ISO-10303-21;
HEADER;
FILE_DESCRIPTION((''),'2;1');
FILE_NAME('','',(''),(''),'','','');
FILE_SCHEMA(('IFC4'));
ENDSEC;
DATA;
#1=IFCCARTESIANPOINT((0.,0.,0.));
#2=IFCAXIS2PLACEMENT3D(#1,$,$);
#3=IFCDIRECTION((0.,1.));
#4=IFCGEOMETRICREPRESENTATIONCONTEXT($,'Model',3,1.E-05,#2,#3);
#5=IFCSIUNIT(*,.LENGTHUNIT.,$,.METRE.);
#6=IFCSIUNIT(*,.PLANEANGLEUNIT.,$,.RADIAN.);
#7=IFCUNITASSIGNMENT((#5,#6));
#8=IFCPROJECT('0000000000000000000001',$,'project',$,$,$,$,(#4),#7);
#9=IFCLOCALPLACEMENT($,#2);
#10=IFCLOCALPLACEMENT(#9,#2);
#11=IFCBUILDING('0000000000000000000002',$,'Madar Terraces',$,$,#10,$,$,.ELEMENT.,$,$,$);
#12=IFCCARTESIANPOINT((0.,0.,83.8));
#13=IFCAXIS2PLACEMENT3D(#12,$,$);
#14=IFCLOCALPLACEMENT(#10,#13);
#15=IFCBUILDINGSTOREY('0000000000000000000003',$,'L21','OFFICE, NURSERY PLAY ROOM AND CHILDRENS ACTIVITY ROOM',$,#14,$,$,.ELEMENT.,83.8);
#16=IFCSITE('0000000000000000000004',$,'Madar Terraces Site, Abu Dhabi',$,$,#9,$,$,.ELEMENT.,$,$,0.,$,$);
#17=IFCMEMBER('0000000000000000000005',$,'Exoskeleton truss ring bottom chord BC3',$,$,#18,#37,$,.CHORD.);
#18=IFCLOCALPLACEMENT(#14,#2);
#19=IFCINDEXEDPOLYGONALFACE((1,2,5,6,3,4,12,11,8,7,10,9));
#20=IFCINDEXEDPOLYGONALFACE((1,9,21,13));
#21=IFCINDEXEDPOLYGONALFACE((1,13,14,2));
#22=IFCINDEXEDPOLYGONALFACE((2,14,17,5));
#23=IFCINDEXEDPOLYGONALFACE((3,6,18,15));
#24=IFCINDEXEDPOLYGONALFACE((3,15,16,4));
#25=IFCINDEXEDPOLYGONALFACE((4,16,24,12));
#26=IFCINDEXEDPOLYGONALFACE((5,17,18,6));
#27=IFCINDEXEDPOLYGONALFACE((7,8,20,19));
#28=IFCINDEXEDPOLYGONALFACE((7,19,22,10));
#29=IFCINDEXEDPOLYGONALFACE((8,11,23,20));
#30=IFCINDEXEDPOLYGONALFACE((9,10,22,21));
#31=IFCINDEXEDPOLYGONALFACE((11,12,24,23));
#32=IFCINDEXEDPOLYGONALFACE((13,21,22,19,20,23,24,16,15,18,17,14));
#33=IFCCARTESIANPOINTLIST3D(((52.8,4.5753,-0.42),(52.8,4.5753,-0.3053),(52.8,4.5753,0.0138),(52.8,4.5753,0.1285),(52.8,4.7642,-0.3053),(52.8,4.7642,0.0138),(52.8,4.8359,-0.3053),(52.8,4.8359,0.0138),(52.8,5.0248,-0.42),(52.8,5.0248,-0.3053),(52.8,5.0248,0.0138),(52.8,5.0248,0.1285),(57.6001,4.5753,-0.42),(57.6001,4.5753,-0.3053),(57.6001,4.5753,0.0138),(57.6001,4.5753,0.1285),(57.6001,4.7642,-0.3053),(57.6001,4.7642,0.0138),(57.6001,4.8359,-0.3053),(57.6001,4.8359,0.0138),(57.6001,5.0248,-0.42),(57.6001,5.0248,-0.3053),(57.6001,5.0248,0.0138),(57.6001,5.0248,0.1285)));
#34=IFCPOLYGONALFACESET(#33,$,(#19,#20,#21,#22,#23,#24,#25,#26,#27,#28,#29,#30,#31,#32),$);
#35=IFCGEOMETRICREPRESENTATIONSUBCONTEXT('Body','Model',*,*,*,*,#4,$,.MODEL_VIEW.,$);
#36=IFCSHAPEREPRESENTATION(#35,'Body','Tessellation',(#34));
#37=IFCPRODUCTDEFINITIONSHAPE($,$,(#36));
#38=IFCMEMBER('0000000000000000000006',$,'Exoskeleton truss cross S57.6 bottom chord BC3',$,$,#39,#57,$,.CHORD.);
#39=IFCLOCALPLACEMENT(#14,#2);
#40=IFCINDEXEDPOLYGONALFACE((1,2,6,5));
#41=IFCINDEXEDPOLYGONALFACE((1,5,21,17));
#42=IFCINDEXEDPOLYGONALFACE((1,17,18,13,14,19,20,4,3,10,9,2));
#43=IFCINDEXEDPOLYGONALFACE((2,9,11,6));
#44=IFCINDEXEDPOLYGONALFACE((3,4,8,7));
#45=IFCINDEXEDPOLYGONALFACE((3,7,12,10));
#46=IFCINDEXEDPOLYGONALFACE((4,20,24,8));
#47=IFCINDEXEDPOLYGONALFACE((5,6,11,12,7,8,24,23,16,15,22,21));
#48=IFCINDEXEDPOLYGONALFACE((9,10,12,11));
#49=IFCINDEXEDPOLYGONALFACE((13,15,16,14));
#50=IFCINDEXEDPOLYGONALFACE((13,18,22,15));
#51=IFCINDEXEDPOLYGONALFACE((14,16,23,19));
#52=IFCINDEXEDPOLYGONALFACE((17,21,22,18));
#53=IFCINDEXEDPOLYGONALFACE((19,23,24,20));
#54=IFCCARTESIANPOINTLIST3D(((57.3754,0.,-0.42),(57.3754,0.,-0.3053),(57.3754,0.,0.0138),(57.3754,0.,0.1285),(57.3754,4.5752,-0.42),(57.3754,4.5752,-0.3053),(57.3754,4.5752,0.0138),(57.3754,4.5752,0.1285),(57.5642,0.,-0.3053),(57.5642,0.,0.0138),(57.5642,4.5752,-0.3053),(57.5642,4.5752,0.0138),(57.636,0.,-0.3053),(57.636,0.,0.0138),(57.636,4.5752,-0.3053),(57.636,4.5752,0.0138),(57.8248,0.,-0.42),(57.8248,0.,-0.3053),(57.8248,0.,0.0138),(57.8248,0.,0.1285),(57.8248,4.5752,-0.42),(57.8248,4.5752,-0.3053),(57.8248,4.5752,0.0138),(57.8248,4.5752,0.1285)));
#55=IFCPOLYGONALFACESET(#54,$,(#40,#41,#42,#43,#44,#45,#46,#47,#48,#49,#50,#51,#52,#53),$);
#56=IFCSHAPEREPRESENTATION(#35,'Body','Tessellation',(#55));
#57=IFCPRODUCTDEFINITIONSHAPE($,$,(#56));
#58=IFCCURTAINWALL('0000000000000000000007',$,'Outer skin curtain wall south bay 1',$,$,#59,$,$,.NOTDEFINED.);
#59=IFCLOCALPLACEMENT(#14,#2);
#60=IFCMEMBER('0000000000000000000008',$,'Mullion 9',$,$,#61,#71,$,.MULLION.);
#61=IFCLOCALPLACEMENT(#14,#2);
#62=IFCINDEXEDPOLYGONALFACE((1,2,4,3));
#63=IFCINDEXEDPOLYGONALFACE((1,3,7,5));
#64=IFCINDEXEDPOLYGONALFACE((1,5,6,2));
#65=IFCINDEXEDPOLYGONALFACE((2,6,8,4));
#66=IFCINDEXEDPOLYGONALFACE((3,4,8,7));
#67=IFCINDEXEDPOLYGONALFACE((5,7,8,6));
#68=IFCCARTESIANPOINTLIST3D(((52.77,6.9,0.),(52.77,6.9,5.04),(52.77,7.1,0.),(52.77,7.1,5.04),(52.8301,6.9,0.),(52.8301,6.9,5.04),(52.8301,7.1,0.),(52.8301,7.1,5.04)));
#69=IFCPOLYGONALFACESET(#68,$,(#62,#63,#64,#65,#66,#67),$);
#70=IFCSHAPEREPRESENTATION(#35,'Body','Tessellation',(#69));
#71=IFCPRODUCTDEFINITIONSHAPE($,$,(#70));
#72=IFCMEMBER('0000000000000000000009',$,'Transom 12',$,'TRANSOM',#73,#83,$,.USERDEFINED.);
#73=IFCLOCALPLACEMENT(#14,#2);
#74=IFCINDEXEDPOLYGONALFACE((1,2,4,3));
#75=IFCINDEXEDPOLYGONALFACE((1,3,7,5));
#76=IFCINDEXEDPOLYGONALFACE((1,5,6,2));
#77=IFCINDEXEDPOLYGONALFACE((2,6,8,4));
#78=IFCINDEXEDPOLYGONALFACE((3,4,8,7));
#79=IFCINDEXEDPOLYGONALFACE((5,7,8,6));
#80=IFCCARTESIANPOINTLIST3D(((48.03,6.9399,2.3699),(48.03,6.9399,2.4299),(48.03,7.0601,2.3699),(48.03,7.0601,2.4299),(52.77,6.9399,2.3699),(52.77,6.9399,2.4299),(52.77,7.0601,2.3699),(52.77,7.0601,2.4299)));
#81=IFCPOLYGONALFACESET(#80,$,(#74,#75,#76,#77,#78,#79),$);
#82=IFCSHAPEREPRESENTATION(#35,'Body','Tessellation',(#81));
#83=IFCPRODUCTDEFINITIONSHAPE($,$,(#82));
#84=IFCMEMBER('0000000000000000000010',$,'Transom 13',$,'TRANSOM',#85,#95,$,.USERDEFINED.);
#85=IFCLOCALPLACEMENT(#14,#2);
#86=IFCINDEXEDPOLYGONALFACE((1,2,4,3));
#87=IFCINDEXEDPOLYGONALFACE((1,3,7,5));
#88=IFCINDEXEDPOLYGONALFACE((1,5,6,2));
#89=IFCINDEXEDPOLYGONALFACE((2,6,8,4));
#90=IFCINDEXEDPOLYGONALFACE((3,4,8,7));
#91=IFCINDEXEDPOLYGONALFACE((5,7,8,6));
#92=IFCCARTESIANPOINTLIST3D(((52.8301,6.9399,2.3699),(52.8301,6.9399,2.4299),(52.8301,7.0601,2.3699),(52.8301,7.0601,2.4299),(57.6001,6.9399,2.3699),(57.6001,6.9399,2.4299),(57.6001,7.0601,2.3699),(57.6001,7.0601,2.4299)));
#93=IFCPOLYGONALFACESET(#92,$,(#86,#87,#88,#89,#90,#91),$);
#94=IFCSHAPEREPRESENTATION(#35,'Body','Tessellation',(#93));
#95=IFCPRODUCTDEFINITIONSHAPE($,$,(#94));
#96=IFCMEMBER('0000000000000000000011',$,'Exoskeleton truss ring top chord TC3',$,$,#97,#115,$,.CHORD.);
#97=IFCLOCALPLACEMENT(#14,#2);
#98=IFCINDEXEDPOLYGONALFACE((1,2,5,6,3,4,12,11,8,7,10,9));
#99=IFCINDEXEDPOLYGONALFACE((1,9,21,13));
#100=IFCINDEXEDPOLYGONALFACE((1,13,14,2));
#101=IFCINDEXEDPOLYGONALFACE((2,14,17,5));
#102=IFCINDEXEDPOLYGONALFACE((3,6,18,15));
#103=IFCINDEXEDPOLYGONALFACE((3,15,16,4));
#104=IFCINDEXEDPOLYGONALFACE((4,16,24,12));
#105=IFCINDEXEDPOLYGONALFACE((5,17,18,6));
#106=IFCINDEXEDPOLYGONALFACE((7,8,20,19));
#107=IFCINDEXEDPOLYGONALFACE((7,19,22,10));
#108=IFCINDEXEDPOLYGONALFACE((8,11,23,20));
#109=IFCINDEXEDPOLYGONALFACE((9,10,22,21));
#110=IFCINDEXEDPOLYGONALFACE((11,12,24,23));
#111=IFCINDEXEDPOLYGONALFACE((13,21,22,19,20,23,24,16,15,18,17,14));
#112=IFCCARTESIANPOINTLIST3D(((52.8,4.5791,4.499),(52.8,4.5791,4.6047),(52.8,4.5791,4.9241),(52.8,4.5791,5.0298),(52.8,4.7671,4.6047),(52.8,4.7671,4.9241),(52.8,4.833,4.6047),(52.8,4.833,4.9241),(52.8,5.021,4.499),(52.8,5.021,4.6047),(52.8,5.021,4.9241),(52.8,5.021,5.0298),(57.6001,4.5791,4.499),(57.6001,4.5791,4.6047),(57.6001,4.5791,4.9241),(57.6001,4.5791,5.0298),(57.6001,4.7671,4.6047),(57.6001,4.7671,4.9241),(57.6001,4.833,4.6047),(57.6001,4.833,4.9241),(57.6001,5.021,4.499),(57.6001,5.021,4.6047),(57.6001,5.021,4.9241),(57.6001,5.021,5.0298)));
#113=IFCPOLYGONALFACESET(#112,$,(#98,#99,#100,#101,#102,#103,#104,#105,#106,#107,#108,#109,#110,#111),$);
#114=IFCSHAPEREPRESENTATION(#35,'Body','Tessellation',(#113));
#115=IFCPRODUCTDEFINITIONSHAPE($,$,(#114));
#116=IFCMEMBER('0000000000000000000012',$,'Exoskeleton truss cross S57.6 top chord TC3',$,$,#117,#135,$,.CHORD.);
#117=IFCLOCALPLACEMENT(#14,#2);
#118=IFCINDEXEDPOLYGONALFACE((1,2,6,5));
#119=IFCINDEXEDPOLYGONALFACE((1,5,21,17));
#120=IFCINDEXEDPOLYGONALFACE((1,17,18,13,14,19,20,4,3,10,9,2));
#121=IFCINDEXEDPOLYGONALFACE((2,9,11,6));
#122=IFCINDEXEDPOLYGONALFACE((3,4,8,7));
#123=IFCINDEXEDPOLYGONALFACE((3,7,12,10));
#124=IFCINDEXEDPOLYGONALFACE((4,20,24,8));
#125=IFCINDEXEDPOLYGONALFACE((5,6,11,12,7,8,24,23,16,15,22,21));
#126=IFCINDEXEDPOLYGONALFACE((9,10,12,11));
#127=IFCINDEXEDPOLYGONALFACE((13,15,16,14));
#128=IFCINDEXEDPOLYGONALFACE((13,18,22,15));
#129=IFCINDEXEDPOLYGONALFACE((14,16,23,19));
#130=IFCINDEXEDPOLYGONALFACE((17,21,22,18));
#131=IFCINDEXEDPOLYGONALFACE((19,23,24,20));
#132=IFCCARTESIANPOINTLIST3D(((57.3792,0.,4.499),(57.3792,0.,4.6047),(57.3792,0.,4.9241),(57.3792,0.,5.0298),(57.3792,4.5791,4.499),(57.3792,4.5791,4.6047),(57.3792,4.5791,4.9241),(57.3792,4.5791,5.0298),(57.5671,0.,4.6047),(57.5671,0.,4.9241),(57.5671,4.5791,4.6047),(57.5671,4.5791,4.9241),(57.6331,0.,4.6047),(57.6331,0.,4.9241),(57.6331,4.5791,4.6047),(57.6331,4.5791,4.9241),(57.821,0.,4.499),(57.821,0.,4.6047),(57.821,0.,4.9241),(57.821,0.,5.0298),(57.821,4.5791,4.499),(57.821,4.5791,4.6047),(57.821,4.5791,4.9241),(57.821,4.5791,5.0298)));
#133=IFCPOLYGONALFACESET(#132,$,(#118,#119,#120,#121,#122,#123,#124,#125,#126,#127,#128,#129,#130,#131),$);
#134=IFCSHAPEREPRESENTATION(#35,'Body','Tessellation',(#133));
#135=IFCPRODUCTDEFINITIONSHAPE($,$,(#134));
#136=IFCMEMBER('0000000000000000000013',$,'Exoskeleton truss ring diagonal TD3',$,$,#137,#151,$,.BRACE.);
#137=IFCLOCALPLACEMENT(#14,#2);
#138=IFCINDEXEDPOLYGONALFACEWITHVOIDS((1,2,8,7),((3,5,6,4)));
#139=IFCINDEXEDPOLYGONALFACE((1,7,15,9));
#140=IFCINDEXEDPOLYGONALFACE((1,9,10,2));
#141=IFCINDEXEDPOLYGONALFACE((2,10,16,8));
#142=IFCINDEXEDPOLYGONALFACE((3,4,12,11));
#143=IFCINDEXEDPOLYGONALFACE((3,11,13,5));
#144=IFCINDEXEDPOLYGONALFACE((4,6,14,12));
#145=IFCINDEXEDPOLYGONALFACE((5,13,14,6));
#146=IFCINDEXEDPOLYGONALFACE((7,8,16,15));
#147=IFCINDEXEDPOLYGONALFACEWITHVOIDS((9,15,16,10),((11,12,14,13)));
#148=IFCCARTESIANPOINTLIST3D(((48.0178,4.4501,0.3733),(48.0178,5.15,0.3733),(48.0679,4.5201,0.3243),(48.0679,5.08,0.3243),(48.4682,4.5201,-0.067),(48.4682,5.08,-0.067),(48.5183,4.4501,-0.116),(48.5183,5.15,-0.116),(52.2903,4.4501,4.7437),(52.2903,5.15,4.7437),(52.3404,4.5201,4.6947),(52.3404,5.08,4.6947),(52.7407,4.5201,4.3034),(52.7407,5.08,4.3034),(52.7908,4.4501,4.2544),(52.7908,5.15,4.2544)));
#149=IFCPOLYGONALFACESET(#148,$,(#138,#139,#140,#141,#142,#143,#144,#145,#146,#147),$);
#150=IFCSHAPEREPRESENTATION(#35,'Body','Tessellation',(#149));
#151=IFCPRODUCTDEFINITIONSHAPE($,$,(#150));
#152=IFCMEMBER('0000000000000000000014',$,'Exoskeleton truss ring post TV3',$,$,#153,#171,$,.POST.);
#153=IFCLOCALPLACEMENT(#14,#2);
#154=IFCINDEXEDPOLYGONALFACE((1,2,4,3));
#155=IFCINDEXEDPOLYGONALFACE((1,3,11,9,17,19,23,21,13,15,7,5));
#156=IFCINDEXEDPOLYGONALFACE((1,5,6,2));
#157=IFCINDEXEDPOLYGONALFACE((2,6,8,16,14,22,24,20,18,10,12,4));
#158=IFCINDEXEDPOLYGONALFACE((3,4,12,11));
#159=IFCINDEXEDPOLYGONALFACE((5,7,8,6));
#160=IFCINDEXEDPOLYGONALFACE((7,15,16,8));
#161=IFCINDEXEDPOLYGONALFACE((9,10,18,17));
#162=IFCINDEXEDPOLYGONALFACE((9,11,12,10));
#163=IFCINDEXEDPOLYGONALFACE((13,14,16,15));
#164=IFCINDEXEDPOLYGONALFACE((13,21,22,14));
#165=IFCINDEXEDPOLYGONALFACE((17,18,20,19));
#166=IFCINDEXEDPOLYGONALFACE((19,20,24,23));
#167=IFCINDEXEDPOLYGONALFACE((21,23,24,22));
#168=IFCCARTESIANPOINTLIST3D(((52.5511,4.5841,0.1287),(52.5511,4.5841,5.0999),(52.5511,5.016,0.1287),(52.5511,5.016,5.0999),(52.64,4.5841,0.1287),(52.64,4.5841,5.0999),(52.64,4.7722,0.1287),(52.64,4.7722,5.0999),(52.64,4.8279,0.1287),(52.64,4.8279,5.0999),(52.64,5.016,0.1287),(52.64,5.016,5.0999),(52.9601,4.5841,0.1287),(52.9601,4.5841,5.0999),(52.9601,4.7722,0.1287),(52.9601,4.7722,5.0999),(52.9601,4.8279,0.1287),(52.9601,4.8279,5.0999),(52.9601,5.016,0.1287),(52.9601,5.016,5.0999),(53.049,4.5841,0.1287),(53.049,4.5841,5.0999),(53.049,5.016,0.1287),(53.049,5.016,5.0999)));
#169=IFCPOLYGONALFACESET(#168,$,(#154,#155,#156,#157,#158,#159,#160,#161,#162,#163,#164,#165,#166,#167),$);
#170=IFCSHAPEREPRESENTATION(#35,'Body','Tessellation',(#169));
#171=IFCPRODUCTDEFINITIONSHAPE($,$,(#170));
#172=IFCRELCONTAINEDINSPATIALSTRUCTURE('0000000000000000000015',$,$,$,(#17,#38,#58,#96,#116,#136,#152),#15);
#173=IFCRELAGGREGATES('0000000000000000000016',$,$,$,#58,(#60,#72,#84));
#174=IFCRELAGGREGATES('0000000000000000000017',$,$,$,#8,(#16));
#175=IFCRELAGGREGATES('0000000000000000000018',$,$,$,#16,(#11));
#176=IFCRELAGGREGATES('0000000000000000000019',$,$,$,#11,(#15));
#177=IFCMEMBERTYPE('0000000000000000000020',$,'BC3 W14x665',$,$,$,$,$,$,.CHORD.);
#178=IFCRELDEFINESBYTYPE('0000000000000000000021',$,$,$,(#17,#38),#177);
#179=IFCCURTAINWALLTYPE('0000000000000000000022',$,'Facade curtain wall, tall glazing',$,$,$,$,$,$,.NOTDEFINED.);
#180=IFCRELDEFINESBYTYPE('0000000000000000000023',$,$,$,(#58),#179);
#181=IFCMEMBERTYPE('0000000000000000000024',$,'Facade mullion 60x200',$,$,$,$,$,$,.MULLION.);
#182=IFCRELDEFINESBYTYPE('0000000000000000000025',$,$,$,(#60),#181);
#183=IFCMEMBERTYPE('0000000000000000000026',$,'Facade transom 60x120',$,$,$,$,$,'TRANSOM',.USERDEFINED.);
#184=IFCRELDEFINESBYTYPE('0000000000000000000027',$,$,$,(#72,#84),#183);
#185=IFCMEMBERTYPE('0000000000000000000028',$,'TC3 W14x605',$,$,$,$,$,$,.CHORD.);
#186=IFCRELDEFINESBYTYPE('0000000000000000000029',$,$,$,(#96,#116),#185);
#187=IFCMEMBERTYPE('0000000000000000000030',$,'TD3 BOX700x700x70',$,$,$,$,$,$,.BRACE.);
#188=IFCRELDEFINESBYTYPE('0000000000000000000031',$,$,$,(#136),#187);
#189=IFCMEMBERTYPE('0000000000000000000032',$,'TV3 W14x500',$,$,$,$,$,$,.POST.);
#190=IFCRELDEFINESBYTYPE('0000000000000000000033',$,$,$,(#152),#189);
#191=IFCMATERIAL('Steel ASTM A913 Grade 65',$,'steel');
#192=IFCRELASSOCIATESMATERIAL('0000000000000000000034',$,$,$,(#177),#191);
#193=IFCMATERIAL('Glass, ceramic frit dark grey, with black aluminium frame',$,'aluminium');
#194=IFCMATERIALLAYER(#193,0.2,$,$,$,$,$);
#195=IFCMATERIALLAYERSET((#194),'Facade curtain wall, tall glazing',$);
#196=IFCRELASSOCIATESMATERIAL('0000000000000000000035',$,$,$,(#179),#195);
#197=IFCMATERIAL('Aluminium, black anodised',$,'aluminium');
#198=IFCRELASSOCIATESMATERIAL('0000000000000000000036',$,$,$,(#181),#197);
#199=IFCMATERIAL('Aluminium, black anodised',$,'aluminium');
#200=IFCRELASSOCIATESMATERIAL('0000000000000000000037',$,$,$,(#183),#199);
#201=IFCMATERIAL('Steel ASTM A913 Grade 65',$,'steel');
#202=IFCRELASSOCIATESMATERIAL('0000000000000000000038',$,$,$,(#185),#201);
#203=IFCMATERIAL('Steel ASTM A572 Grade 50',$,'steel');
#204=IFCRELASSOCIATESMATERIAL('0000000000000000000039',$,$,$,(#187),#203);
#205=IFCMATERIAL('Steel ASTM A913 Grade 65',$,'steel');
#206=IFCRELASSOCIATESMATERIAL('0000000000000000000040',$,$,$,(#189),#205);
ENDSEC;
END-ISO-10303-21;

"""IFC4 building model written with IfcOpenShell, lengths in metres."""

from ifc_helpers import new_model, si_unit, direction, frame, origin, origin_2d, place, context, subcontext, project, spatial, rectangle, hollow_rectangle, i_section, extrude, material, layer, layer_set, material_profile, profile_set, type_object, element, aggregate, save


model = new_model("IFC4")

# Units and contexts
model_context = context("Model", 3, precision=1e-05, world=origin(), true_north=direction((0.0, 1.0)))
body_context = subcontext(model_context, "Body", "Model", "MODEL_VIEW")
ifc_project = project(units=[si_unit("LENGTHUNIT", "METRE"), si_unit("PLANEANGLEUNIT", "RADIAN")], contexts=[model_context])

# Site, building, storey
site_placement = place(None, origin())
site = spatial("IfcSite", under=ifc_project, at=site_placement, Name="Madar Terraces Site, Abu Dhabi", CompositionType="ELEMENT", RefElevation=0.0)
building_placement = place(site_placement, origin())
building = spatial("IfcBuilding", under=site, at=building_placement, Name="Madar Terraces", CompositionType="ELEMENT")
storey_placement = place(building_placement, frame((0.0, 0.0, 83.8)))
storey = spatial("IfcBuildingStorey", under=building, at=storey_placement, Name="L21", Description="OFFICE, NURSERY PLAY ROOM AND CHILDRENS ACTIVITY ROOM", CompositionType="ELEMENT", Elevation=83.8)

# Members
ifc_material_1 = material(Name="Steel ASTM A913 Grade 65", Category="steel")
ifc_material_profile_1 = material_profile(ifc_material_1, i_section(OverallWidth=0.4495, OverallDepth=0.5486, WebThickness=0.0718, FlangeThickness=0.1147, at=origin_2d()), Name="W14x665")
ifc_profile_set_1 = profile_set([ifc_material_profile_1], Name="Steel ASTM A913 Grade 65")
member_type_1 = type_object("IfcMemberType", Name="BC3 W14x665", PredefinedType="CHORD", material=ifc_profile_set_1)
member_1_placement = place(storey_placement, frame((52.8, 4.8, -0.1458), z_axis=(1.0, 0.0, 0.0), x_axis=(0.0, 1.0, 0.0)))
element("IfcMember", 1, at=member_1_placement, inside=storey, type_object=member_type_1, Name="Exoskeleton truss ring bottom chord BC3", PredefinedType="CHORD", context=body_context, shape_type="SweptSolid", body=[
    extrude(i_section(OverallWidth=0.4495, OverallDepth=0.5486, WebThickness=0.0718, FlangeThickness=0.1147, at=origin_2d()), origin(), (0.0, 0.0, 1.0), 4.8),
])
member_2_placement = place(storey_placement, frame((57.6001, 0.0, -0.1458), z_axis=(0.0, 1.0, 0.0), x_axis=(-1.0, 0.0, 0.0)))
element("IfcMember", 2, at=member_2_placement, inside=storey, type_object=member_type_1, Name="Exoskeleton truss cross S57.6 bottom chord BC3", PredefinedType="CHORD", context=body_context, shape_type="SweptSolid", body=[
    extrude(i_section(OverallWidth=0.4495, OverallDepth=0.5486, WebThickness=0.0718, FlangeThickness=0.1147, at=origin_2d()), origin(), (0.0, 0.0, 1.0), 4.5752),
])

# Curtain wall, members
ifc_material_2 = material(Name="Glass, ceramic frit dark grey, with black aluminium frame", Category="aluminium")
ifc_layer_1 = layer(ifc_material_2, 0.2)
ifc_layer_set_1 = layer_set([ifc_layer_1], Name="Facade curtain wall, tall glazing")
curtain_wall_type = type_object("IfcCurtainWallType", Name="Facade curtain wall, tall glazing", PredefinedType="NOTDEFINED", material=ifc_layer_set_1)
curtain_wall_placement = place(storey_placement, origin())
curtain_wall = element("IfcCurtainWall", 3, at=curtain_wall_placement, inside=storey, type_object=curtain_wall_type, Name="Outer skin curtain wall south bay 1", PredefinedType="NOTDEFINED")
ifc_material_3 = material(Name="Aluminium, black anodised", Category="aluminium")
ifc_material_profile_2 = material_profile(ifc_material_3, rectangle(XDim=0.2, YDim=0.0601, at=origin_2d()), Name="Facade mullion 60x200")
ifc_profile_set_2 = profile_set([ifc_material_profile_2], Name="Aluminium, black anodised")
member_type_2 = type_object("IfcMemberType", Name="Facade mullion 60x200", PredefinedType="MULLION", material=ifc_profile_set_2)
member_3_placement = place(storey_placement, frame((52.8, 7.0, 0.0), z_axis=(0.0, 0.0, 1.0), x_axis=(0.0, 1.0, 0.0)))
member_3 = element("IfcMember", 4, at=member_3_placement, type_object=member_type_2, Name="Mullion 9", PredefinedType="MULLION", context=body_context, shape_type="SweptSolid", body=[
    extrude(rectangle(XDim=0.2, YDim=0.0601, at=origin_2d()), origin(), (0.0, 0.0, 1.0), 5.04),
])
ifc_material_4 = material(Name="Aluminium, black anodised", Category="aluminium")
ifc_material_profile_3 = material_profile(ifc_material_4, rectangle(XDim=0.1201, YDim=0.0601, at=origin_2d()), Name="Facade transom 60x120")
ifc_profile_set_3 = profile_set([ifc_material_profile_3], Name="Aluminium, black anodised")
member_type_3 = type_object("IfcMemberType", Name="Facade transom 60x120", ElementType="TRANSOM", PredefinedType="USERDEFINED", material=ifc_profile_set_3)
member_4_placement = place(storey_placement, frame((48.03, 7.0, 2.3999), z_axis=(1.0, 0.0, 0.0), x_axis=(0.0, 1.0, 0.0)))
member_4 = element("IfcMember", 5, at=member_4_placement, type_object=member_type_3, Name="Transom 12", ObjectType="TRANSOM", PredefinedType="USERDEFINED", context=body_context, shape_type="SweptSolid", body=[
    extrude(rectangle(XDim=0.1201, YDim=0.0601, at=origin_2d()), origin(), (0.0, 0.0, 1.0), 4.74),
])
member_5_placement = place(storey_placement, frame((52.8301, 7.0, 2.3999), z_axis=(1.0, 0.0, 0.0), x_axis=(0.0, 1.0, 0.0)))
member_5 = element("IfcMember", 6, at=member_5_placement, type_object=member_type_3, Name="Transom 13", ObjectType="TRANSOM", PredefinedType="USERDEFINED", context=body_context, shape_type="SweptSolid", body=[
    extrude(rectangle(XDim=0.1201, YDim=0.0601, at=origin_2d()), origin(), (0.0, 0.0, 1.0), 4.77),
])

# Members
ifc_material_5 = material(Name="Steel ASTM A913 Grade 65", Category="steel")
ifc_material_profile_4 = material_profile(ifc_material_5, i_section(OverallWidth=0.4419, OverallDepth=0.5308, WebThickness=0.0659, FlangeThickness=0.1057, at=origin_2d()), Name="W14x605")
ifc_profile_set_4 = profile_set([ifc_material_profile_4], Name="Steel ASTM A913 Grade 65")
member_type_4 = type_object("IfcMemberType", Name="TC3 W14x605", PredefinedType="CHORD", material=ifc_profile_set_4)
member_6_placement = place(storey_placement, frame((52.8, 4.8, 4.7644), z_axis=(1.0, 0.0, 0.0), x_axis=(0.0, 1.0, 0.0)))
element("IfcMember", 7, at=member_6_placement, inside=storey, type_object=member_type_4, Name="Exoskeleton truss ring top chord TC3", PredefinedType="CHORD", context=body_context, shape_type="SweptSolid", body=[
    extrude(i_section(OverallWidth=0.4419, OverallDepth=0.5308, WebThickness=0.0659, FlangeThickness=0.1057, at=origin_2d()), origin(), (0.0, 0.0, 1.0), 4.8),
])
member_7_placement = place(storey_placement, frame((57.6001, 0.0, 4.7644), z_axis=(0.0, 1.0, 0.0), x_axis=(-1.0, 0.0, 0.0)))
element("IfcMember", 8, at=member_7_placement, inside=storey, type_object=member_type_4, Name="Exoskeleton truss cross S57.6 top chord TC3", PredefinedType="CHORD", context=body_context, shape_type="SweptSolid", body=[
    extrude(i_section(OverallWidth=0.4419, OverallDepth=0.5308, WebThickness=0.0659, FlangeThickness=0.1057, at=origin_2d()), origin(), (0.0, 0.0, 1.0), 4.5791),
])
ifc_material_6 = material(Name="Steel ASTM A572 Grade 50", Category="steel")
ifc_material_profile_5 = material_profile(ifc_material_6, hollow_rectangle(XDim=0.7, YDim=0.7, WallThickness=0.0701, at=origin_2d()), Name="BOX700x700x70")
ifc_profile_set_5 = profile_set([ifc_material_profile_5], Name="Steel ASTM A572 Grade 50")
member_type_5 = type_object("IfcMemberType", Name="TD3 BOX700x700x70", PredefinedType="BRACE", material=ifc_profile_set_5)
member_8_placement = place(storey_placement, frame((48.2681, 4.8, 0.1287), z_axis=(0.699052, 0.0, 0.715071), x_axis=(0.0, 1.0, 0.0)))
element("IfcMember", 9, at=member_8_placement, inside=storey, type_object=member_type_5, Name="Exoskeleton truss ring diagonal TD3", PredefinedType="BRACE", context=body_context, shape_type="SweptSolid", body=[
    extrude(hollow_rectangle(XDim=0.7, YDim=0.7, WallThickness=0.0701, at=origin_2d()), origin(), (0.0, 0.0, 1.0), 6.1118),
])
ifc_material_7 = material(Name="Steel ASTM A913 Grade 65", Category="steel")
ifc_material_profile_6 = material_profile(ifc_material_7, i_section(OverallWidth=0.4319, OverallDepth=0.4978, WebThickness=0.0557, FlangeThickness=0.0889, at=origin_2d()), Name="W14x500")
ifc_profile_set_6 = profile_set([ifc_material_profile_6], Name="Steel ASTM A913 Grade 65")
member_type_6 = type_object("IfcMemberType", Name="TV3 W14x500", PredefinedType="POST", material=ifc_profile_set_6)
member_9_placement = place(storey_placement, frame((52.8, 4.8, 0.1287), z_axis=(0.0, 0.0, 1.0), x_axis=(0.0, 1.0, 0.0)))
element("IfcMember", 10, at=member_9_placement, inside=storey, type_object=member_type_6, Name="Exoskeleton truss ring post TV3", PredefinedType="POST", context=body_context, shape_type="SweptSolid", body=[
    extrude(i_section(OverallWidth=0.4319, OverallDepth=0.4978, WebThickness=0.0557, FlangeThickness=0.0889, at=origin_2d()), origin(), (0.0, 0.0, 1.0), 4.9712),
])

aggregate(curtain_wall, [member_3, member_4, member_5])

save(model, "model.ifc")
